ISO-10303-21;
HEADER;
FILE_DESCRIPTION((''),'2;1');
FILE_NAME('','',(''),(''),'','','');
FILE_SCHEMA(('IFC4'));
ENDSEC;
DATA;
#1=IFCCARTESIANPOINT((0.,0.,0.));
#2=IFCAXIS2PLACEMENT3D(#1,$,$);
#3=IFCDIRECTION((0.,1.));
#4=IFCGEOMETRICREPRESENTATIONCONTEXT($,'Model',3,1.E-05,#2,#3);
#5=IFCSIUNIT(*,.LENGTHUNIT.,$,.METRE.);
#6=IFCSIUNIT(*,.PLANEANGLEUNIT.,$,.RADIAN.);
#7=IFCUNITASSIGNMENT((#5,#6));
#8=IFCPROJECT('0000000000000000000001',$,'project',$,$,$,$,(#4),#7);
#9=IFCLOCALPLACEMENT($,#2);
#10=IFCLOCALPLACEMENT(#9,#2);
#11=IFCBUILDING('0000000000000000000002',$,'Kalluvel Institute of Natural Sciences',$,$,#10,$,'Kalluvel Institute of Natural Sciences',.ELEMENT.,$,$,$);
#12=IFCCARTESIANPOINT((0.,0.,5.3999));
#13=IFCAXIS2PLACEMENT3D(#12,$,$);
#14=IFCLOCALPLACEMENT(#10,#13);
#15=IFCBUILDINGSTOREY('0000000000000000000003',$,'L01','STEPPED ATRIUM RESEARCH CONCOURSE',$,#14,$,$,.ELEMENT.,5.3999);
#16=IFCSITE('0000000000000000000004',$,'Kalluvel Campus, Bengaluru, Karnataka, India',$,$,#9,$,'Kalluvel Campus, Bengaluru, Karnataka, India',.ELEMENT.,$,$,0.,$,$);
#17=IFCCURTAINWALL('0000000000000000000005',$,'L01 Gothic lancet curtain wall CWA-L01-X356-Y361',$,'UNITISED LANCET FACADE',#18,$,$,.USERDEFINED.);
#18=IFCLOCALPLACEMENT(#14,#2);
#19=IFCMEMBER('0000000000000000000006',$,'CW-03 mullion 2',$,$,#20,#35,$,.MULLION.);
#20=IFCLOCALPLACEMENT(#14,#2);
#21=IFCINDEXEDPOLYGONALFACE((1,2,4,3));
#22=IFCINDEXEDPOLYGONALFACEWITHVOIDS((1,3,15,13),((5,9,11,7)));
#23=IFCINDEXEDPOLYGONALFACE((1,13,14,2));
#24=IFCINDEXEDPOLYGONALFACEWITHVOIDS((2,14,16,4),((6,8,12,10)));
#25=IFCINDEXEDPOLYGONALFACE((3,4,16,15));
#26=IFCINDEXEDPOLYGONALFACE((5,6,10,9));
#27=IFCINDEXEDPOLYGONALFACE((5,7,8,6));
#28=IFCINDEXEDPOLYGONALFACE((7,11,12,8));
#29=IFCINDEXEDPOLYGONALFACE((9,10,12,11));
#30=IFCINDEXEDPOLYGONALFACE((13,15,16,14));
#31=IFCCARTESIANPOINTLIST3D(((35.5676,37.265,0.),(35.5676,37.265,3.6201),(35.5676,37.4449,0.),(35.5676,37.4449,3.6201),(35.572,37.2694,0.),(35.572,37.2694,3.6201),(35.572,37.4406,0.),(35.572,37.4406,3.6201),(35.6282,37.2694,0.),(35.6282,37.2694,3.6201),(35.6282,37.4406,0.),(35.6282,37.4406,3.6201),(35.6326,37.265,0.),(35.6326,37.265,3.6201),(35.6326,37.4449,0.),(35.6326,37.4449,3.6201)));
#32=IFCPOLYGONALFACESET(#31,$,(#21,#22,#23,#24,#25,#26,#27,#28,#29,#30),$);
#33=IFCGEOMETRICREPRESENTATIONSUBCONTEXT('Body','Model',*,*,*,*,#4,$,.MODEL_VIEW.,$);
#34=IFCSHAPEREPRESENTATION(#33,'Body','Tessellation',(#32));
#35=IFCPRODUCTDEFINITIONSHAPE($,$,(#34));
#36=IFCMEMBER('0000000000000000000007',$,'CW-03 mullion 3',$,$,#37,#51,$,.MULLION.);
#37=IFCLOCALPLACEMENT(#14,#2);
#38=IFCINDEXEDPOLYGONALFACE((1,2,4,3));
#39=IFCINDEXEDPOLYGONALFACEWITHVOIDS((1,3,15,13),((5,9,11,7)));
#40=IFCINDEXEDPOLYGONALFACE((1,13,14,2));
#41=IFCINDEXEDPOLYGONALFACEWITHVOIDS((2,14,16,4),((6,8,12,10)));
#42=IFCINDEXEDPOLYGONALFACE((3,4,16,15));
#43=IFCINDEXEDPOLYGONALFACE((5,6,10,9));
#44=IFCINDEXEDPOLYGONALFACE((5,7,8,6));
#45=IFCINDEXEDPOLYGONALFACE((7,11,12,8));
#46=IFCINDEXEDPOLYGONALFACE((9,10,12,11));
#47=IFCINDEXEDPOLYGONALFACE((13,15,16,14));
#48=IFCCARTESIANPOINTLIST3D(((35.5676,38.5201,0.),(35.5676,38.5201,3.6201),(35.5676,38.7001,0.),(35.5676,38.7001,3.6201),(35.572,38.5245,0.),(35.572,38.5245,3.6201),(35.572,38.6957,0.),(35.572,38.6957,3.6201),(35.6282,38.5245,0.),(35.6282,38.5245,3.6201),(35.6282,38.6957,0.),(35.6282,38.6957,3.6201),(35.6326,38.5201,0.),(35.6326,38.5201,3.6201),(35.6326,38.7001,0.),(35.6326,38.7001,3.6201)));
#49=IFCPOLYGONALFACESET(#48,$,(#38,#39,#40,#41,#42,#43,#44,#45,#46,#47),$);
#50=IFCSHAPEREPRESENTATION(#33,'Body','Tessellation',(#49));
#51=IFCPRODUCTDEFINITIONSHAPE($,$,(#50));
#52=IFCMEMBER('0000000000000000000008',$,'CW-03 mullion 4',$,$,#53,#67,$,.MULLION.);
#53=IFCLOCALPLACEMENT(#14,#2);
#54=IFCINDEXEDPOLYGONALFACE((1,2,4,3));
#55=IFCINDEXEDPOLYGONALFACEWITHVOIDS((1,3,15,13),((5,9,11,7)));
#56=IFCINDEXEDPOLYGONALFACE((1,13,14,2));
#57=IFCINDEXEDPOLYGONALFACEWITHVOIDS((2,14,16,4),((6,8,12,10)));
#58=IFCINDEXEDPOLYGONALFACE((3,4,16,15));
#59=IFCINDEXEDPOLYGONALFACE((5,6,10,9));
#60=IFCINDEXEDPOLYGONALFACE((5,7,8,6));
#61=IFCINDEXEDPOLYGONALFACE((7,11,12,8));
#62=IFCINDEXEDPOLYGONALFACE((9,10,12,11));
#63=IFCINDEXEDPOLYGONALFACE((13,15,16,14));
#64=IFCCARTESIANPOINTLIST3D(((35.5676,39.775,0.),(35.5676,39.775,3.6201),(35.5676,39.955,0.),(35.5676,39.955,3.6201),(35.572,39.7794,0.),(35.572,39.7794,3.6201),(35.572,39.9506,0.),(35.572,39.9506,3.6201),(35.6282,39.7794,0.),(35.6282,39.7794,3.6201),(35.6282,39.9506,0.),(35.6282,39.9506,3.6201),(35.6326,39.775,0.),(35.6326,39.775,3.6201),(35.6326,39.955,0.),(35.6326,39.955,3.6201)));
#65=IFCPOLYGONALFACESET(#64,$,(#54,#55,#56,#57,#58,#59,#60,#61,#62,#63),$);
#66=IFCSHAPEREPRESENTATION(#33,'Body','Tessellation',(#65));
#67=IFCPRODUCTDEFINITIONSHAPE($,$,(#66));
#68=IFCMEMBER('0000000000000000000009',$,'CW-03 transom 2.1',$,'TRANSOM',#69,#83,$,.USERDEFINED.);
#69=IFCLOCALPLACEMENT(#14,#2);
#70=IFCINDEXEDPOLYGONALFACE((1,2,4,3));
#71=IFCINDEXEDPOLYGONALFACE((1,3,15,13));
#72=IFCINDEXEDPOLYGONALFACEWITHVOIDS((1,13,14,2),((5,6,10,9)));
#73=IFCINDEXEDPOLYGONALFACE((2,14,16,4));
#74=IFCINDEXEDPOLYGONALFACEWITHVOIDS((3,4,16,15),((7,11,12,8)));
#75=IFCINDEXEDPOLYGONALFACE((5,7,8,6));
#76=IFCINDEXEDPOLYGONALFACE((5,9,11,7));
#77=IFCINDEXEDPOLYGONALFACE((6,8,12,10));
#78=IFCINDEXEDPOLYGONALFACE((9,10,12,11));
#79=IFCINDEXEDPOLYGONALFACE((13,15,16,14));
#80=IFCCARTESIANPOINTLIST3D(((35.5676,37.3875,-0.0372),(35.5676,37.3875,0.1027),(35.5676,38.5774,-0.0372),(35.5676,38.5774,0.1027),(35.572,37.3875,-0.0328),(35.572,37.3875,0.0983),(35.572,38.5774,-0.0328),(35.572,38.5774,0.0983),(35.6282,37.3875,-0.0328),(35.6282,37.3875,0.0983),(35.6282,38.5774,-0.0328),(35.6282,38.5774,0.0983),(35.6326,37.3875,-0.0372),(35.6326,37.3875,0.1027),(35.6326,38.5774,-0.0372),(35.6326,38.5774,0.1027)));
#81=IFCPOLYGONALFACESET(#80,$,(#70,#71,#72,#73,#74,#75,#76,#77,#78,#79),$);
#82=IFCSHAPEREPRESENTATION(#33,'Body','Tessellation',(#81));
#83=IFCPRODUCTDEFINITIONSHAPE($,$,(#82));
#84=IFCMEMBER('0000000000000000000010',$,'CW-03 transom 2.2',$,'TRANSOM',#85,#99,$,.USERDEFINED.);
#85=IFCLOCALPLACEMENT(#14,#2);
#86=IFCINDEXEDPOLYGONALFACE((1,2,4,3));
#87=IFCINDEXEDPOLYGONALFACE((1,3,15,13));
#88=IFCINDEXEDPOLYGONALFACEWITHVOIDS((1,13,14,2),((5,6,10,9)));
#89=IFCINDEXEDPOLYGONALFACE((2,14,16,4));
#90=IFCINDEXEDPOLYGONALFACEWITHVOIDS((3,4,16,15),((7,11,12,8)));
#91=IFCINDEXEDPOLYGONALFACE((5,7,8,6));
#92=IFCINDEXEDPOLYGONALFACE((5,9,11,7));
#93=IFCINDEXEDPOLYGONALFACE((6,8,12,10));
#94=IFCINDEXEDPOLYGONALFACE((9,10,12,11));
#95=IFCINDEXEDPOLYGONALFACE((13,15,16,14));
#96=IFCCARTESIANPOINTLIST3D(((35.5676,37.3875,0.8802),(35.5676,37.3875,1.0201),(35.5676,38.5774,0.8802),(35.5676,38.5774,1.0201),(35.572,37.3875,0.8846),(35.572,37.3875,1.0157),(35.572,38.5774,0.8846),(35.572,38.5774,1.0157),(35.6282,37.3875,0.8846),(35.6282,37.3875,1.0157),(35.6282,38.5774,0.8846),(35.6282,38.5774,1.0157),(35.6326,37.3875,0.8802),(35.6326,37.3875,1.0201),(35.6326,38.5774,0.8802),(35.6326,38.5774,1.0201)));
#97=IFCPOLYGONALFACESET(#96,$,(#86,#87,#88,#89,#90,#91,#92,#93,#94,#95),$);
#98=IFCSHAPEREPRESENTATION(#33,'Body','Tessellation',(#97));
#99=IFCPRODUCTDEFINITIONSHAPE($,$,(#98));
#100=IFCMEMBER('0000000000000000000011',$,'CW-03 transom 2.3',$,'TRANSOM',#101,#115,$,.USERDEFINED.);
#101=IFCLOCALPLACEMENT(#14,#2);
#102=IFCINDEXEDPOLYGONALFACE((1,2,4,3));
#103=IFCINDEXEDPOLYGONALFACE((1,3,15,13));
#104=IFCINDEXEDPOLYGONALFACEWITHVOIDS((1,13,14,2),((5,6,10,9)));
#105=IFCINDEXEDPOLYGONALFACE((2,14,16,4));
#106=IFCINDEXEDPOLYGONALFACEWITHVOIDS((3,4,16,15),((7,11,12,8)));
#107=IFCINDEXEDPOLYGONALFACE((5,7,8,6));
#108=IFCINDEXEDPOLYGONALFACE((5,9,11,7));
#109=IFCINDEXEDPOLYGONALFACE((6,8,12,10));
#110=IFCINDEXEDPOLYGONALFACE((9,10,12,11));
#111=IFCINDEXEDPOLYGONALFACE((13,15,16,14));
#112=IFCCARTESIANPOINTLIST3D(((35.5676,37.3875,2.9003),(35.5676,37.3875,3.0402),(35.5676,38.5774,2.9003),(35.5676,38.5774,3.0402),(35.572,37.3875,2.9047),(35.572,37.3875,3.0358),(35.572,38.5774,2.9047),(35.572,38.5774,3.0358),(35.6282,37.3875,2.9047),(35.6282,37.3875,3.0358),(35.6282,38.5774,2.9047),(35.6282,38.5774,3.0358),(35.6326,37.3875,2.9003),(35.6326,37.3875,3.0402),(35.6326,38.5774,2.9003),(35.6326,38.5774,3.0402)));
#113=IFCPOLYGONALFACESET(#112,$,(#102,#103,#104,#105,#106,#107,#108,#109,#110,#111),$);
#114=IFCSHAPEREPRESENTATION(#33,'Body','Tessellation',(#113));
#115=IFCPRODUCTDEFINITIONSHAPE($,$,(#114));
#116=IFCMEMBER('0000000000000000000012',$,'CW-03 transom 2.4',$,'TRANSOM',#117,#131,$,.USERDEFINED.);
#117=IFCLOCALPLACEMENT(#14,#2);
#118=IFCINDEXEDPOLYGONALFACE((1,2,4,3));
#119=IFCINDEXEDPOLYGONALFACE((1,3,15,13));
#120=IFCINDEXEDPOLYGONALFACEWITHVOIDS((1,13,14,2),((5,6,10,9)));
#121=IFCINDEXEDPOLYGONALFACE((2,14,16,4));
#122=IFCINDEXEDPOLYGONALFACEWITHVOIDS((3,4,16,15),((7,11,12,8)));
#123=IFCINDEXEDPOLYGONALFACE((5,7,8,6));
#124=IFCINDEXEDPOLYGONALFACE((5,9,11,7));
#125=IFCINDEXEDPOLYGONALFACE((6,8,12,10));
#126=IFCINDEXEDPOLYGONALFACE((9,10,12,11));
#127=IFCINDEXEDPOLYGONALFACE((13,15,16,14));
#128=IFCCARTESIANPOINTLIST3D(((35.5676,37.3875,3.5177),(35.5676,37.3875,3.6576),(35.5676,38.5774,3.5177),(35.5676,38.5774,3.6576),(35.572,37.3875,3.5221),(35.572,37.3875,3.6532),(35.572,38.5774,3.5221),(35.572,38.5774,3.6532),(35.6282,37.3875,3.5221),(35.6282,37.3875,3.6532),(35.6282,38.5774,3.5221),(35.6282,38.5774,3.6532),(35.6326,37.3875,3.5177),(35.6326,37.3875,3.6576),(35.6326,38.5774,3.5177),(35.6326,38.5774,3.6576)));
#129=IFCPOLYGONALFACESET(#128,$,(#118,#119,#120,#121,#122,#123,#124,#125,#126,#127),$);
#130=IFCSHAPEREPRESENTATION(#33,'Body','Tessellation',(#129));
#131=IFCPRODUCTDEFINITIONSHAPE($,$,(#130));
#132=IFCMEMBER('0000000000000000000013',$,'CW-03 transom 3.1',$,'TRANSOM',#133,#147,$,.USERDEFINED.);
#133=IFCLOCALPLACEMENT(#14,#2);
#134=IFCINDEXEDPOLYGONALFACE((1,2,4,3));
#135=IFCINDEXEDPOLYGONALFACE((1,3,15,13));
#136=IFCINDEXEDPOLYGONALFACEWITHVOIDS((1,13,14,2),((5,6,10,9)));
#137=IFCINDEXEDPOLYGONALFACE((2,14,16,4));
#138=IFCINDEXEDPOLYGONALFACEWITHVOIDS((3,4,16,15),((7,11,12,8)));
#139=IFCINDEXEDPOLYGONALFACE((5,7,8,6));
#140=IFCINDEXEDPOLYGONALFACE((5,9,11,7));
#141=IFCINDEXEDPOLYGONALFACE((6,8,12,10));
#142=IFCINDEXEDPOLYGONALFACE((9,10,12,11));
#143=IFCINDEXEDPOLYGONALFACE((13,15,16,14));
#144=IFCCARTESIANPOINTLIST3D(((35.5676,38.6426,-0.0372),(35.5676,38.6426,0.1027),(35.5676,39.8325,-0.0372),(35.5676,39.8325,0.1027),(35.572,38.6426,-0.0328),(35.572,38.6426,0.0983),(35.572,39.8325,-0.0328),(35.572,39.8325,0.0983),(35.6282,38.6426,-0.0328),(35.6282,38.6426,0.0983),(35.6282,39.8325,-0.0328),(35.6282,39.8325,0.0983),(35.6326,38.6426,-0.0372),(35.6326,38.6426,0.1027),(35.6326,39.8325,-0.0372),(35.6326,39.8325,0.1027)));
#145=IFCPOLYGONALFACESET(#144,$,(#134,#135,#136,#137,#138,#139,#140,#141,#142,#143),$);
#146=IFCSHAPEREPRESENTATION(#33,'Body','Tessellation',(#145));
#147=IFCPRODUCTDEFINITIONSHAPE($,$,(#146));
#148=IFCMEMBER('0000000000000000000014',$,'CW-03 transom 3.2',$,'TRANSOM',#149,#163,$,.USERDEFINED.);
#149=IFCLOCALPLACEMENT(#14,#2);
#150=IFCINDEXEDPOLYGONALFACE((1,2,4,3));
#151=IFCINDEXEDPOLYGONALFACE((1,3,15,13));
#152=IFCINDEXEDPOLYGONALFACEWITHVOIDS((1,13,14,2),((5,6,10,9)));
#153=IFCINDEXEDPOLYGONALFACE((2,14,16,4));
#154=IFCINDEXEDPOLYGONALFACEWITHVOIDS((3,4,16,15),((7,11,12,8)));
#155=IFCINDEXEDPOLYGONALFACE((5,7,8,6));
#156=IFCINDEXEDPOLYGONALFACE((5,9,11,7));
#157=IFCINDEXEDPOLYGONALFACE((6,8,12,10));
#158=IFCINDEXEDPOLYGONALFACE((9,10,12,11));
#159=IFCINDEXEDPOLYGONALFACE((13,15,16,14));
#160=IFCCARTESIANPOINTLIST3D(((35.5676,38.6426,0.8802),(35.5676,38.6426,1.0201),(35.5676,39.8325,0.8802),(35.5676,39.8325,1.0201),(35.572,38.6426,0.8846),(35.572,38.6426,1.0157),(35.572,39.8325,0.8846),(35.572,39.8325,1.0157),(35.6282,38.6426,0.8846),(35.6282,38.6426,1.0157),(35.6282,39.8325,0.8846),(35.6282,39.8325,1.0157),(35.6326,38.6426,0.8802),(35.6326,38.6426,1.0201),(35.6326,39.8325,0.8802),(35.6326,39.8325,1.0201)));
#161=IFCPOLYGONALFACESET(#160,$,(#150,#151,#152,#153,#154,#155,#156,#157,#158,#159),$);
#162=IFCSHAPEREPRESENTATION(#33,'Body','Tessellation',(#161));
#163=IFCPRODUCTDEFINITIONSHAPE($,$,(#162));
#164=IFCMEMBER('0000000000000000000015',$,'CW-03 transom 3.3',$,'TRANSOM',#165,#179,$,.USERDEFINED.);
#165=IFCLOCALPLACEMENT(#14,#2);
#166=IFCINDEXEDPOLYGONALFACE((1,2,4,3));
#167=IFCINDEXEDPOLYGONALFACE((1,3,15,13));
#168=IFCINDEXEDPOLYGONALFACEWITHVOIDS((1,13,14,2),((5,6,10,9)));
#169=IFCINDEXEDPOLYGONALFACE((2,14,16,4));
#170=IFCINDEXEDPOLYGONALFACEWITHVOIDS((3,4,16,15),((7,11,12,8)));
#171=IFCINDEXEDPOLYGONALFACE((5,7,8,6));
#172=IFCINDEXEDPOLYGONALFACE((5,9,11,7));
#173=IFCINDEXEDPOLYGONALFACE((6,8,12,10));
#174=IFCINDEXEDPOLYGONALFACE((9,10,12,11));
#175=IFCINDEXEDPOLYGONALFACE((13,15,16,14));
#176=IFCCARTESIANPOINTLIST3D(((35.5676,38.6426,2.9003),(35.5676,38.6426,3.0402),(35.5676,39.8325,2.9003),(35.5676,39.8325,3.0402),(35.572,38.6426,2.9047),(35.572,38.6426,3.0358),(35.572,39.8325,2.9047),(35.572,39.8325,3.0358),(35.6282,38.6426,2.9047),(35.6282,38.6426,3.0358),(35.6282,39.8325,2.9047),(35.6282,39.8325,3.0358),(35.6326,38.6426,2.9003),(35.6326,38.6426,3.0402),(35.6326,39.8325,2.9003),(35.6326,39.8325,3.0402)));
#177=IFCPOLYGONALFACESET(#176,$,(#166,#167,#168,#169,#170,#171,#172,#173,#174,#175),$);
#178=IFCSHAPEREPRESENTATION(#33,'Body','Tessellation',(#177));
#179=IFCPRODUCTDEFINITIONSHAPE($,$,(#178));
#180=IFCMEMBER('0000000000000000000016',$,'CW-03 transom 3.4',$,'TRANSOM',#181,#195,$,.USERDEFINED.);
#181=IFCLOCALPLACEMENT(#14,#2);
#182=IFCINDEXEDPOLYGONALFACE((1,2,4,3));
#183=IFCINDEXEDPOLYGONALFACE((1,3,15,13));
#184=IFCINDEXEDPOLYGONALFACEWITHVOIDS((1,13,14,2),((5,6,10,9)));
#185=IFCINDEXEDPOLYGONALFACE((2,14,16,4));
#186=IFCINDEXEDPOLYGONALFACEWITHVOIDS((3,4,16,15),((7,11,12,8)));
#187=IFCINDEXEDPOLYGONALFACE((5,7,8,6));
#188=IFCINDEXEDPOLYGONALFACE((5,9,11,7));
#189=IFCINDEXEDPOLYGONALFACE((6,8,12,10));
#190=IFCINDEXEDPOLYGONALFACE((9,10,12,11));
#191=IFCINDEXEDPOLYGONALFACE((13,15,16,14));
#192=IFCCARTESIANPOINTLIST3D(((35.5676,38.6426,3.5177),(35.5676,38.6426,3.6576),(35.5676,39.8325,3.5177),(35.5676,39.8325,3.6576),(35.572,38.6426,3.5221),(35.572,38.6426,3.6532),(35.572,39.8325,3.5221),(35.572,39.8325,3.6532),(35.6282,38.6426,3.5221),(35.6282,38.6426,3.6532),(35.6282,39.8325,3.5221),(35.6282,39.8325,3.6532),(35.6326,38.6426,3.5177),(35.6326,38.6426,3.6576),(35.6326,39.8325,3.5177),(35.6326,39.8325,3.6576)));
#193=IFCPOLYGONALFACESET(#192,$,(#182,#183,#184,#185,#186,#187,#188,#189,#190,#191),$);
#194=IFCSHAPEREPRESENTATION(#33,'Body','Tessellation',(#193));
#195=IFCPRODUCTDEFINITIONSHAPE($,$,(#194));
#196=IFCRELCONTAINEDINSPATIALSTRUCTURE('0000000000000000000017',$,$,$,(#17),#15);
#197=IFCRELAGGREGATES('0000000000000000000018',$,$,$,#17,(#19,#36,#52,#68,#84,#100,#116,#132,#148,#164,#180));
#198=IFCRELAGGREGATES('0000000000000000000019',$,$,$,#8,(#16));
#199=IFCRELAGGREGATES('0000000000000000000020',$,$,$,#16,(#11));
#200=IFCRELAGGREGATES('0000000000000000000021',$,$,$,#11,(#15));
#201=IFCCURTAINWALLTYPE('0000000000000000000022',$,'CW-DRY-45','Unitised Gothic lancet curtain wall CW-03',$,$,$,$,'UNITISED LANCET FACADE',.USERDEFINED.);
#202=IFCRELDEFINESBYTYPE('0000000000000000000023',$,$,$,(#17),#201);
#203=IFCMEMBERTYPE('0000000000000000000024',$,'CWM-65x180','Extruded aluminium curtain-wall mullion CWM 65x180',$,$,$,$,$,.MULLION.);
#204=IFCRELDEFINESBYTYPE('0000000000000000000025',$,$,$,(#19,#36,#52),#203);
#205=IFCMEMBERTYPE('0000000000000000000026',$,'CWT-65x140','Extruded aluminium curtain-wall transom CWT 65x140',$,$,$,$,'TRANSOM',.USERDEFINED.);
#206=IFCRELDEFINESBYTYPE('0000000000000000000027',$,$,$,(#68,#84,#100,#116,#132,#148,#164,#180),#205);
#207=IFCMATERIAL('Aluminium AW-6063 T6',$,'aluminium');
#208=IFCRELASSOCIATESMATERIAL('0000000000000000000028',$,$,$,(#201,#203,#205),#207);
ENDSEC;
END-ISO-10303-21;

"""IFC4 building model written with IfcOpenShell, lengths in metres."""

from ifc_helpers import new_model, si_unit, direction, frame, origin, origin_2d, place, context, subcontext, project, spatial, hollow_rectangle, extrude, material, material_profile, profile_set, type_object, element, aggregate, save


model = new_model("IFC4")

# Units and contexts
model_context = context("Model", 3, precision=1e-05, world=origin(), true_north=direction((0.0, 1.0)))
body_context = subcontext(model_context, "Body", "Model", "MODEL_VIEW")
ifc_project = project(units=[si_unit("LENGTHUNIT", "METRE"), si_unit("PLANEANGLEUNIT", "RADIAN")], contexts=[model_context])

# Site, building, storey
site_placement = place(None, origin())
site = spatial("IfcSite", under=ifc_project, at=site_placement, Name="Kalluvel Campus, Bengaluru, Karnataka, India", LongName="Kalluvel Campus, Bengaluru, Karnataka, India", CompositionType="ELEMENT", RefElevation=0.0)
building_placement = place(site_placement, origin())
building = spatial("IfcBuilding", under=site, at=building_placement, Name="Kalluvel Institute of Natural Sciences", LongName="Kalluvel Institute of Natural Sciences", CompositionType="ELEMENT")
storey_placement = place(building_placement, frame((0.0, 0.0, 5.3999)))
storey = spatial("IfcBuildingStorey", under=building, at=storey_placement, Name="L01", Description="STEPPED ATRIUM RESEARCH CONCOURSE", CompositionType="ELEMENT", Elevation=5.3999)

# Curtain wall, members
ifc_material_1 = material(Name="Aluminium AW-6063 T6", Category="aluminium")
curtain_wall_type = type_object("IfcCurtainWallType", Name="CW-DRY-45", Description="Unitised Gothic lancet curtain wall CW-03", ElementType="UNITISED LANCET FACADE", PredefinedType="USERDEFINED", material=ifc_material_1)
curtain_wall_placement = place(storey_placement, origin())
curtain_wall = element("IfcCurtainWall", 1, at=curtain_wall_placement, inside=storey, type_object=curtain_wall_type, Name="L01 Gothic lancet curtain wall CWA-L01-X356-Y361", ObjectType="UNITISED LANCET FACADE", PredefinedType="USERDEFINED")
ifc_material_profile_1 = material_profile(ifc_material_1, hollow_rectangle(XDim=0.0649, YDim=0.1799, WallThickness=0.0044, at=origin_2d()), Name="CWM 65x180")
ifc_profile_set_1 = profile_set([ifc_material_profile_1], Name="Aluminium AW-6063 T6")
member_type_1 = type_object("IfcMemberType", Name="CWM-65x180", Description="Extruded aluminium curtain-wall mullion CWM 65x180", PredefinedType="MULLION", material=ifc_profile_set_1)
member_1_placement = place(storey_placement, frame((35.6001, 37.355, 0.0), z_axis=(0.0, 0.0, 1.0), x_axis=(-1.0, 0.0, 0.0)))
member_1 = element("IfcMember", 2, at=member_1_placement, type_object=member_type_1, Name="CW-03 mullion 2", PredefinedType="MULLION", context=body_context, shape_type="SweptSolid", body=[
    extrude(hollow_rectangle(XDim=0.0649, YDim=0.1799, WallThickness=0.0044, at=origin_2d()), origin(), (0.0, 0.0, 1.0), 3.6201),
])
member_2_placement = place(storey_placement, frame((35.6001, 38.6101, 0.0), z_axis=(0.0, 0.0, 1.0), x_axis=(-1.0, 0.0, 0.0)))
member_2 = element("IfcMember", 3, at=member_2_placement, type_object=member_type_1, Name="CW-03 mullion 3", PredefinedType="MULLION", context=body_context, shape_type="SweptSolid", body=[
    extrude(hollow_rectangle(XDim=0.0649, YDim=0.1799, WallThickness=0.0044, at=origin_2d()), origin(), (0.0, 0.0, 1.0), 3.6201),
])
member_3_placement = place(storey_placement, frame((35.6001, 39.865, 0.0), z_axis=(0.0, 0.0, 1.0), x_axis=(-1.0, 0.0, 0.0)))
member_3 = element("IfcMember", 4, at=member_3_placement, type_object=member_type_1, Name="CW-03 mullion 4", PredefinedType="MULLION", context=body_context, shape_type="SweptSolid", body=[
    extrude(hollow_rectangle(XDim=0.0649, YDim=0.1799, WallThickness=0.0044, at=origin_2d()), origin(), (0.0, 0.0, 1.0), 3.6201),
])
ifc_material_profile_2 = material_profile(ifc_material_1, hollow_rectangle(XDim=0.0649, YDim=0.1399, WallThickness=0.0044, at=origin_2d()), Name="CWT 65x140")
ifc_profile_set_2 = profile_set([ifc_material_profile_2], Name="Aluminium AW-6063 T6")
member_type_2 = type_object("IfcMemberType", Name="CWT-65x140", Description="Extruded aluminium curtain-wall transom CWT 65x140", ElementType="TRANSOM", PredefinedType="USERDEFINED", material=ifc_profile_set_2)
member_4_placement = place(storey_placement, frame((35.6001, 37.3875, 0.0327), z_axis=(0.0, 1.0, 0.0), x_axis=(-1.0, 0.0, 0.0)))
member_4 = element("IfcMember", 5, at=member_4_placement, type_object=member_type_2, Name="CW-03 transom 2.1", ObjectType="TRANSOM", PredefinedType="USERDEFINED", context=body_context, shape_type="SweptSolid", body=[
    extrude(hollow_rectangle(XDim=0.0649, YDim=0.1399, WallThickness=0.0044, at=origin_2d()), origin(), (0.0, 0.0, 1.0), 1.1899),
])
member_5_placement = place(storey_placement, frame((35.6001, 37.3875, 0.9502), z_axis=(0.0, 1.0, 0.0), x_axis=(-1.0, 0.0, 0.0)))
member_5 = element("IfcMember", 6, at=member_5_placement, type_object=member_type_2, Name="CW-03 transom 2.2", ObjectType="TRANSOM", PredefinedType="USERDEFINED", context=body_context, shape_type="SweptSolid", body=[
    extrude(hollow_rectangle(XDim=0.0649, YDim=0.1399, WallThickness=0.0044, at=origin_2d()), origin(), (0.0, 0.0, 1.0), 1.1899),
])
member_6_placement = place(storey_placement, frame((35.6001, 37.3875, 2.9702), z_axis=(0.0, 1.0, 0.0), x_axis=(-1.0, 0.0, 0.0)))
member_6 = element("IfcMember", 7, at=member_6_placement, type_object=member_type_2, Name="CW-03 transom 2.3", ObjectType="TRANSOM", PredefinedType="USERDEFINED", context=body_context, shape_type="SweptSolid", body=[
    extrude(hollow_rectangle(XDim=0.0649, YDim=0.1399, WallThickness=0.0044, at=origin_2d()), origin(), (0.0, 0.0, 1.0), 1.1899),
])
member_7_placement = place(storey_placement, frame((35.6001, 37.3875, 3.5876), z_axis=(0.0, 1.0, 0.0), x_axis=(-1.0, 0.0, 0.0)))
member_7 = element("IfcMember", 8, at=member_7_placement, type_object=member_type_2, Name="CW-03 transom 2.4", ObjectType="TRANSOM", PredefinedType="USERDEFINED", context=body_context, shape_type="SweptSolid", body=[
    extrude(hollow_rectangle(XDim=0.0649, YDim=0.1399, WallThickness=0.0044, at=origin_2d()), origin(), (0.0, 0.0, 1.0), 1.1899),
])
member_8_placement = place(storey_placement, frame((35.6001, 38.6426, 0.0327), z_axis=(0.0, 1.0, 0.0), x_axis=(-1.0, 0.0, 0.0)))
member_8 = element("IfcMember", 9, at=member_8_placement, type_object=member_type_2, Name="CW-03 transom 3.1", ObjectType="TRANSOM", PredefinedType="USERDEFINED", context=body_context, shape_type="SweptSolid", body=[
    extrude(hollow_rectangle(XDim=0.0649, YDim=0.1399, WallThickness=0.0044, at=origin_2d()), origin(), (0.0, 0.0, 1.0), 1.1899),
])
member_9_placement = place(storey_placement, frame((35.6001, 38.6426, 0.9502), z_axis=(0.0, 1.0, 0.0), x_axis=(-1.0, 0.0, 0.0)))
member_9 = element("IfcMember", 10, at=member_9_placement, type_object=member_type_2, Name="CW-03 transom 3.2", ObjectType="TRANSOM", PredefinedType="USERDEFINED", context=body_context, shape_type="SweptSolid", body=[
    extrude(hollow_rectangle(XDim=0.0649, YDim=0.1399, WallThickness=0.0044, at=origin_2d()), origin(), (0.0, 0.0, 1.0), 1.1899),
])
member_10_placement = place(storey_placement, frame((35.6001, 38.6426, 2.9702), z_axis=(0.0, 1.0, 0.0), x_axis=(-1.0, 0.0, 0.0)))
member_10 = element("IfcMember", 11, at=member_10_placement, type_object=member_type_2, Name="CW-03 transom 3.3", ObjectType="TRANSOM", PredefinedType="USERDEFINED", context=body_context, shape_type="SweptSolid", body=[
    extrude(hollow_rectangle(XDim=0.0649, YDim=0.1399, WallThickness=0.0044, at=origin_2d()), origin(), (0.0, 0.0, 1.0), 1.1899),
])
member_11_placement = place(storey_placement, frame((35.6001, 38.6426, 3.5876), z_axis=(0.0, 1.0, 0.0), x_axis=(-1.0, 0.0, 0.0)))
member_11 = element("IfcMember", 12, at=member_11_placement, type_object=member_type_2, Name="CW-03 transom 3.4", ObjectType="TRANSOM", PredefinedType="USERDEFINED", context=body_context, shape_type="SweptSolid", body=[
    extrude(hollow_rectangle(XDim=0.0649, YDim=0.1399, WallThickness=0.0044, at=origin_2d()), origin(), (0.0, 0.0, 1.0), 1.1899),
])
aggregate(curtain_wall, [member_1, member_2, member_3, member_4, member_5, member_6, member_7, member_8, member_9, member_10, member_11])

save(model, "model.ifc")
